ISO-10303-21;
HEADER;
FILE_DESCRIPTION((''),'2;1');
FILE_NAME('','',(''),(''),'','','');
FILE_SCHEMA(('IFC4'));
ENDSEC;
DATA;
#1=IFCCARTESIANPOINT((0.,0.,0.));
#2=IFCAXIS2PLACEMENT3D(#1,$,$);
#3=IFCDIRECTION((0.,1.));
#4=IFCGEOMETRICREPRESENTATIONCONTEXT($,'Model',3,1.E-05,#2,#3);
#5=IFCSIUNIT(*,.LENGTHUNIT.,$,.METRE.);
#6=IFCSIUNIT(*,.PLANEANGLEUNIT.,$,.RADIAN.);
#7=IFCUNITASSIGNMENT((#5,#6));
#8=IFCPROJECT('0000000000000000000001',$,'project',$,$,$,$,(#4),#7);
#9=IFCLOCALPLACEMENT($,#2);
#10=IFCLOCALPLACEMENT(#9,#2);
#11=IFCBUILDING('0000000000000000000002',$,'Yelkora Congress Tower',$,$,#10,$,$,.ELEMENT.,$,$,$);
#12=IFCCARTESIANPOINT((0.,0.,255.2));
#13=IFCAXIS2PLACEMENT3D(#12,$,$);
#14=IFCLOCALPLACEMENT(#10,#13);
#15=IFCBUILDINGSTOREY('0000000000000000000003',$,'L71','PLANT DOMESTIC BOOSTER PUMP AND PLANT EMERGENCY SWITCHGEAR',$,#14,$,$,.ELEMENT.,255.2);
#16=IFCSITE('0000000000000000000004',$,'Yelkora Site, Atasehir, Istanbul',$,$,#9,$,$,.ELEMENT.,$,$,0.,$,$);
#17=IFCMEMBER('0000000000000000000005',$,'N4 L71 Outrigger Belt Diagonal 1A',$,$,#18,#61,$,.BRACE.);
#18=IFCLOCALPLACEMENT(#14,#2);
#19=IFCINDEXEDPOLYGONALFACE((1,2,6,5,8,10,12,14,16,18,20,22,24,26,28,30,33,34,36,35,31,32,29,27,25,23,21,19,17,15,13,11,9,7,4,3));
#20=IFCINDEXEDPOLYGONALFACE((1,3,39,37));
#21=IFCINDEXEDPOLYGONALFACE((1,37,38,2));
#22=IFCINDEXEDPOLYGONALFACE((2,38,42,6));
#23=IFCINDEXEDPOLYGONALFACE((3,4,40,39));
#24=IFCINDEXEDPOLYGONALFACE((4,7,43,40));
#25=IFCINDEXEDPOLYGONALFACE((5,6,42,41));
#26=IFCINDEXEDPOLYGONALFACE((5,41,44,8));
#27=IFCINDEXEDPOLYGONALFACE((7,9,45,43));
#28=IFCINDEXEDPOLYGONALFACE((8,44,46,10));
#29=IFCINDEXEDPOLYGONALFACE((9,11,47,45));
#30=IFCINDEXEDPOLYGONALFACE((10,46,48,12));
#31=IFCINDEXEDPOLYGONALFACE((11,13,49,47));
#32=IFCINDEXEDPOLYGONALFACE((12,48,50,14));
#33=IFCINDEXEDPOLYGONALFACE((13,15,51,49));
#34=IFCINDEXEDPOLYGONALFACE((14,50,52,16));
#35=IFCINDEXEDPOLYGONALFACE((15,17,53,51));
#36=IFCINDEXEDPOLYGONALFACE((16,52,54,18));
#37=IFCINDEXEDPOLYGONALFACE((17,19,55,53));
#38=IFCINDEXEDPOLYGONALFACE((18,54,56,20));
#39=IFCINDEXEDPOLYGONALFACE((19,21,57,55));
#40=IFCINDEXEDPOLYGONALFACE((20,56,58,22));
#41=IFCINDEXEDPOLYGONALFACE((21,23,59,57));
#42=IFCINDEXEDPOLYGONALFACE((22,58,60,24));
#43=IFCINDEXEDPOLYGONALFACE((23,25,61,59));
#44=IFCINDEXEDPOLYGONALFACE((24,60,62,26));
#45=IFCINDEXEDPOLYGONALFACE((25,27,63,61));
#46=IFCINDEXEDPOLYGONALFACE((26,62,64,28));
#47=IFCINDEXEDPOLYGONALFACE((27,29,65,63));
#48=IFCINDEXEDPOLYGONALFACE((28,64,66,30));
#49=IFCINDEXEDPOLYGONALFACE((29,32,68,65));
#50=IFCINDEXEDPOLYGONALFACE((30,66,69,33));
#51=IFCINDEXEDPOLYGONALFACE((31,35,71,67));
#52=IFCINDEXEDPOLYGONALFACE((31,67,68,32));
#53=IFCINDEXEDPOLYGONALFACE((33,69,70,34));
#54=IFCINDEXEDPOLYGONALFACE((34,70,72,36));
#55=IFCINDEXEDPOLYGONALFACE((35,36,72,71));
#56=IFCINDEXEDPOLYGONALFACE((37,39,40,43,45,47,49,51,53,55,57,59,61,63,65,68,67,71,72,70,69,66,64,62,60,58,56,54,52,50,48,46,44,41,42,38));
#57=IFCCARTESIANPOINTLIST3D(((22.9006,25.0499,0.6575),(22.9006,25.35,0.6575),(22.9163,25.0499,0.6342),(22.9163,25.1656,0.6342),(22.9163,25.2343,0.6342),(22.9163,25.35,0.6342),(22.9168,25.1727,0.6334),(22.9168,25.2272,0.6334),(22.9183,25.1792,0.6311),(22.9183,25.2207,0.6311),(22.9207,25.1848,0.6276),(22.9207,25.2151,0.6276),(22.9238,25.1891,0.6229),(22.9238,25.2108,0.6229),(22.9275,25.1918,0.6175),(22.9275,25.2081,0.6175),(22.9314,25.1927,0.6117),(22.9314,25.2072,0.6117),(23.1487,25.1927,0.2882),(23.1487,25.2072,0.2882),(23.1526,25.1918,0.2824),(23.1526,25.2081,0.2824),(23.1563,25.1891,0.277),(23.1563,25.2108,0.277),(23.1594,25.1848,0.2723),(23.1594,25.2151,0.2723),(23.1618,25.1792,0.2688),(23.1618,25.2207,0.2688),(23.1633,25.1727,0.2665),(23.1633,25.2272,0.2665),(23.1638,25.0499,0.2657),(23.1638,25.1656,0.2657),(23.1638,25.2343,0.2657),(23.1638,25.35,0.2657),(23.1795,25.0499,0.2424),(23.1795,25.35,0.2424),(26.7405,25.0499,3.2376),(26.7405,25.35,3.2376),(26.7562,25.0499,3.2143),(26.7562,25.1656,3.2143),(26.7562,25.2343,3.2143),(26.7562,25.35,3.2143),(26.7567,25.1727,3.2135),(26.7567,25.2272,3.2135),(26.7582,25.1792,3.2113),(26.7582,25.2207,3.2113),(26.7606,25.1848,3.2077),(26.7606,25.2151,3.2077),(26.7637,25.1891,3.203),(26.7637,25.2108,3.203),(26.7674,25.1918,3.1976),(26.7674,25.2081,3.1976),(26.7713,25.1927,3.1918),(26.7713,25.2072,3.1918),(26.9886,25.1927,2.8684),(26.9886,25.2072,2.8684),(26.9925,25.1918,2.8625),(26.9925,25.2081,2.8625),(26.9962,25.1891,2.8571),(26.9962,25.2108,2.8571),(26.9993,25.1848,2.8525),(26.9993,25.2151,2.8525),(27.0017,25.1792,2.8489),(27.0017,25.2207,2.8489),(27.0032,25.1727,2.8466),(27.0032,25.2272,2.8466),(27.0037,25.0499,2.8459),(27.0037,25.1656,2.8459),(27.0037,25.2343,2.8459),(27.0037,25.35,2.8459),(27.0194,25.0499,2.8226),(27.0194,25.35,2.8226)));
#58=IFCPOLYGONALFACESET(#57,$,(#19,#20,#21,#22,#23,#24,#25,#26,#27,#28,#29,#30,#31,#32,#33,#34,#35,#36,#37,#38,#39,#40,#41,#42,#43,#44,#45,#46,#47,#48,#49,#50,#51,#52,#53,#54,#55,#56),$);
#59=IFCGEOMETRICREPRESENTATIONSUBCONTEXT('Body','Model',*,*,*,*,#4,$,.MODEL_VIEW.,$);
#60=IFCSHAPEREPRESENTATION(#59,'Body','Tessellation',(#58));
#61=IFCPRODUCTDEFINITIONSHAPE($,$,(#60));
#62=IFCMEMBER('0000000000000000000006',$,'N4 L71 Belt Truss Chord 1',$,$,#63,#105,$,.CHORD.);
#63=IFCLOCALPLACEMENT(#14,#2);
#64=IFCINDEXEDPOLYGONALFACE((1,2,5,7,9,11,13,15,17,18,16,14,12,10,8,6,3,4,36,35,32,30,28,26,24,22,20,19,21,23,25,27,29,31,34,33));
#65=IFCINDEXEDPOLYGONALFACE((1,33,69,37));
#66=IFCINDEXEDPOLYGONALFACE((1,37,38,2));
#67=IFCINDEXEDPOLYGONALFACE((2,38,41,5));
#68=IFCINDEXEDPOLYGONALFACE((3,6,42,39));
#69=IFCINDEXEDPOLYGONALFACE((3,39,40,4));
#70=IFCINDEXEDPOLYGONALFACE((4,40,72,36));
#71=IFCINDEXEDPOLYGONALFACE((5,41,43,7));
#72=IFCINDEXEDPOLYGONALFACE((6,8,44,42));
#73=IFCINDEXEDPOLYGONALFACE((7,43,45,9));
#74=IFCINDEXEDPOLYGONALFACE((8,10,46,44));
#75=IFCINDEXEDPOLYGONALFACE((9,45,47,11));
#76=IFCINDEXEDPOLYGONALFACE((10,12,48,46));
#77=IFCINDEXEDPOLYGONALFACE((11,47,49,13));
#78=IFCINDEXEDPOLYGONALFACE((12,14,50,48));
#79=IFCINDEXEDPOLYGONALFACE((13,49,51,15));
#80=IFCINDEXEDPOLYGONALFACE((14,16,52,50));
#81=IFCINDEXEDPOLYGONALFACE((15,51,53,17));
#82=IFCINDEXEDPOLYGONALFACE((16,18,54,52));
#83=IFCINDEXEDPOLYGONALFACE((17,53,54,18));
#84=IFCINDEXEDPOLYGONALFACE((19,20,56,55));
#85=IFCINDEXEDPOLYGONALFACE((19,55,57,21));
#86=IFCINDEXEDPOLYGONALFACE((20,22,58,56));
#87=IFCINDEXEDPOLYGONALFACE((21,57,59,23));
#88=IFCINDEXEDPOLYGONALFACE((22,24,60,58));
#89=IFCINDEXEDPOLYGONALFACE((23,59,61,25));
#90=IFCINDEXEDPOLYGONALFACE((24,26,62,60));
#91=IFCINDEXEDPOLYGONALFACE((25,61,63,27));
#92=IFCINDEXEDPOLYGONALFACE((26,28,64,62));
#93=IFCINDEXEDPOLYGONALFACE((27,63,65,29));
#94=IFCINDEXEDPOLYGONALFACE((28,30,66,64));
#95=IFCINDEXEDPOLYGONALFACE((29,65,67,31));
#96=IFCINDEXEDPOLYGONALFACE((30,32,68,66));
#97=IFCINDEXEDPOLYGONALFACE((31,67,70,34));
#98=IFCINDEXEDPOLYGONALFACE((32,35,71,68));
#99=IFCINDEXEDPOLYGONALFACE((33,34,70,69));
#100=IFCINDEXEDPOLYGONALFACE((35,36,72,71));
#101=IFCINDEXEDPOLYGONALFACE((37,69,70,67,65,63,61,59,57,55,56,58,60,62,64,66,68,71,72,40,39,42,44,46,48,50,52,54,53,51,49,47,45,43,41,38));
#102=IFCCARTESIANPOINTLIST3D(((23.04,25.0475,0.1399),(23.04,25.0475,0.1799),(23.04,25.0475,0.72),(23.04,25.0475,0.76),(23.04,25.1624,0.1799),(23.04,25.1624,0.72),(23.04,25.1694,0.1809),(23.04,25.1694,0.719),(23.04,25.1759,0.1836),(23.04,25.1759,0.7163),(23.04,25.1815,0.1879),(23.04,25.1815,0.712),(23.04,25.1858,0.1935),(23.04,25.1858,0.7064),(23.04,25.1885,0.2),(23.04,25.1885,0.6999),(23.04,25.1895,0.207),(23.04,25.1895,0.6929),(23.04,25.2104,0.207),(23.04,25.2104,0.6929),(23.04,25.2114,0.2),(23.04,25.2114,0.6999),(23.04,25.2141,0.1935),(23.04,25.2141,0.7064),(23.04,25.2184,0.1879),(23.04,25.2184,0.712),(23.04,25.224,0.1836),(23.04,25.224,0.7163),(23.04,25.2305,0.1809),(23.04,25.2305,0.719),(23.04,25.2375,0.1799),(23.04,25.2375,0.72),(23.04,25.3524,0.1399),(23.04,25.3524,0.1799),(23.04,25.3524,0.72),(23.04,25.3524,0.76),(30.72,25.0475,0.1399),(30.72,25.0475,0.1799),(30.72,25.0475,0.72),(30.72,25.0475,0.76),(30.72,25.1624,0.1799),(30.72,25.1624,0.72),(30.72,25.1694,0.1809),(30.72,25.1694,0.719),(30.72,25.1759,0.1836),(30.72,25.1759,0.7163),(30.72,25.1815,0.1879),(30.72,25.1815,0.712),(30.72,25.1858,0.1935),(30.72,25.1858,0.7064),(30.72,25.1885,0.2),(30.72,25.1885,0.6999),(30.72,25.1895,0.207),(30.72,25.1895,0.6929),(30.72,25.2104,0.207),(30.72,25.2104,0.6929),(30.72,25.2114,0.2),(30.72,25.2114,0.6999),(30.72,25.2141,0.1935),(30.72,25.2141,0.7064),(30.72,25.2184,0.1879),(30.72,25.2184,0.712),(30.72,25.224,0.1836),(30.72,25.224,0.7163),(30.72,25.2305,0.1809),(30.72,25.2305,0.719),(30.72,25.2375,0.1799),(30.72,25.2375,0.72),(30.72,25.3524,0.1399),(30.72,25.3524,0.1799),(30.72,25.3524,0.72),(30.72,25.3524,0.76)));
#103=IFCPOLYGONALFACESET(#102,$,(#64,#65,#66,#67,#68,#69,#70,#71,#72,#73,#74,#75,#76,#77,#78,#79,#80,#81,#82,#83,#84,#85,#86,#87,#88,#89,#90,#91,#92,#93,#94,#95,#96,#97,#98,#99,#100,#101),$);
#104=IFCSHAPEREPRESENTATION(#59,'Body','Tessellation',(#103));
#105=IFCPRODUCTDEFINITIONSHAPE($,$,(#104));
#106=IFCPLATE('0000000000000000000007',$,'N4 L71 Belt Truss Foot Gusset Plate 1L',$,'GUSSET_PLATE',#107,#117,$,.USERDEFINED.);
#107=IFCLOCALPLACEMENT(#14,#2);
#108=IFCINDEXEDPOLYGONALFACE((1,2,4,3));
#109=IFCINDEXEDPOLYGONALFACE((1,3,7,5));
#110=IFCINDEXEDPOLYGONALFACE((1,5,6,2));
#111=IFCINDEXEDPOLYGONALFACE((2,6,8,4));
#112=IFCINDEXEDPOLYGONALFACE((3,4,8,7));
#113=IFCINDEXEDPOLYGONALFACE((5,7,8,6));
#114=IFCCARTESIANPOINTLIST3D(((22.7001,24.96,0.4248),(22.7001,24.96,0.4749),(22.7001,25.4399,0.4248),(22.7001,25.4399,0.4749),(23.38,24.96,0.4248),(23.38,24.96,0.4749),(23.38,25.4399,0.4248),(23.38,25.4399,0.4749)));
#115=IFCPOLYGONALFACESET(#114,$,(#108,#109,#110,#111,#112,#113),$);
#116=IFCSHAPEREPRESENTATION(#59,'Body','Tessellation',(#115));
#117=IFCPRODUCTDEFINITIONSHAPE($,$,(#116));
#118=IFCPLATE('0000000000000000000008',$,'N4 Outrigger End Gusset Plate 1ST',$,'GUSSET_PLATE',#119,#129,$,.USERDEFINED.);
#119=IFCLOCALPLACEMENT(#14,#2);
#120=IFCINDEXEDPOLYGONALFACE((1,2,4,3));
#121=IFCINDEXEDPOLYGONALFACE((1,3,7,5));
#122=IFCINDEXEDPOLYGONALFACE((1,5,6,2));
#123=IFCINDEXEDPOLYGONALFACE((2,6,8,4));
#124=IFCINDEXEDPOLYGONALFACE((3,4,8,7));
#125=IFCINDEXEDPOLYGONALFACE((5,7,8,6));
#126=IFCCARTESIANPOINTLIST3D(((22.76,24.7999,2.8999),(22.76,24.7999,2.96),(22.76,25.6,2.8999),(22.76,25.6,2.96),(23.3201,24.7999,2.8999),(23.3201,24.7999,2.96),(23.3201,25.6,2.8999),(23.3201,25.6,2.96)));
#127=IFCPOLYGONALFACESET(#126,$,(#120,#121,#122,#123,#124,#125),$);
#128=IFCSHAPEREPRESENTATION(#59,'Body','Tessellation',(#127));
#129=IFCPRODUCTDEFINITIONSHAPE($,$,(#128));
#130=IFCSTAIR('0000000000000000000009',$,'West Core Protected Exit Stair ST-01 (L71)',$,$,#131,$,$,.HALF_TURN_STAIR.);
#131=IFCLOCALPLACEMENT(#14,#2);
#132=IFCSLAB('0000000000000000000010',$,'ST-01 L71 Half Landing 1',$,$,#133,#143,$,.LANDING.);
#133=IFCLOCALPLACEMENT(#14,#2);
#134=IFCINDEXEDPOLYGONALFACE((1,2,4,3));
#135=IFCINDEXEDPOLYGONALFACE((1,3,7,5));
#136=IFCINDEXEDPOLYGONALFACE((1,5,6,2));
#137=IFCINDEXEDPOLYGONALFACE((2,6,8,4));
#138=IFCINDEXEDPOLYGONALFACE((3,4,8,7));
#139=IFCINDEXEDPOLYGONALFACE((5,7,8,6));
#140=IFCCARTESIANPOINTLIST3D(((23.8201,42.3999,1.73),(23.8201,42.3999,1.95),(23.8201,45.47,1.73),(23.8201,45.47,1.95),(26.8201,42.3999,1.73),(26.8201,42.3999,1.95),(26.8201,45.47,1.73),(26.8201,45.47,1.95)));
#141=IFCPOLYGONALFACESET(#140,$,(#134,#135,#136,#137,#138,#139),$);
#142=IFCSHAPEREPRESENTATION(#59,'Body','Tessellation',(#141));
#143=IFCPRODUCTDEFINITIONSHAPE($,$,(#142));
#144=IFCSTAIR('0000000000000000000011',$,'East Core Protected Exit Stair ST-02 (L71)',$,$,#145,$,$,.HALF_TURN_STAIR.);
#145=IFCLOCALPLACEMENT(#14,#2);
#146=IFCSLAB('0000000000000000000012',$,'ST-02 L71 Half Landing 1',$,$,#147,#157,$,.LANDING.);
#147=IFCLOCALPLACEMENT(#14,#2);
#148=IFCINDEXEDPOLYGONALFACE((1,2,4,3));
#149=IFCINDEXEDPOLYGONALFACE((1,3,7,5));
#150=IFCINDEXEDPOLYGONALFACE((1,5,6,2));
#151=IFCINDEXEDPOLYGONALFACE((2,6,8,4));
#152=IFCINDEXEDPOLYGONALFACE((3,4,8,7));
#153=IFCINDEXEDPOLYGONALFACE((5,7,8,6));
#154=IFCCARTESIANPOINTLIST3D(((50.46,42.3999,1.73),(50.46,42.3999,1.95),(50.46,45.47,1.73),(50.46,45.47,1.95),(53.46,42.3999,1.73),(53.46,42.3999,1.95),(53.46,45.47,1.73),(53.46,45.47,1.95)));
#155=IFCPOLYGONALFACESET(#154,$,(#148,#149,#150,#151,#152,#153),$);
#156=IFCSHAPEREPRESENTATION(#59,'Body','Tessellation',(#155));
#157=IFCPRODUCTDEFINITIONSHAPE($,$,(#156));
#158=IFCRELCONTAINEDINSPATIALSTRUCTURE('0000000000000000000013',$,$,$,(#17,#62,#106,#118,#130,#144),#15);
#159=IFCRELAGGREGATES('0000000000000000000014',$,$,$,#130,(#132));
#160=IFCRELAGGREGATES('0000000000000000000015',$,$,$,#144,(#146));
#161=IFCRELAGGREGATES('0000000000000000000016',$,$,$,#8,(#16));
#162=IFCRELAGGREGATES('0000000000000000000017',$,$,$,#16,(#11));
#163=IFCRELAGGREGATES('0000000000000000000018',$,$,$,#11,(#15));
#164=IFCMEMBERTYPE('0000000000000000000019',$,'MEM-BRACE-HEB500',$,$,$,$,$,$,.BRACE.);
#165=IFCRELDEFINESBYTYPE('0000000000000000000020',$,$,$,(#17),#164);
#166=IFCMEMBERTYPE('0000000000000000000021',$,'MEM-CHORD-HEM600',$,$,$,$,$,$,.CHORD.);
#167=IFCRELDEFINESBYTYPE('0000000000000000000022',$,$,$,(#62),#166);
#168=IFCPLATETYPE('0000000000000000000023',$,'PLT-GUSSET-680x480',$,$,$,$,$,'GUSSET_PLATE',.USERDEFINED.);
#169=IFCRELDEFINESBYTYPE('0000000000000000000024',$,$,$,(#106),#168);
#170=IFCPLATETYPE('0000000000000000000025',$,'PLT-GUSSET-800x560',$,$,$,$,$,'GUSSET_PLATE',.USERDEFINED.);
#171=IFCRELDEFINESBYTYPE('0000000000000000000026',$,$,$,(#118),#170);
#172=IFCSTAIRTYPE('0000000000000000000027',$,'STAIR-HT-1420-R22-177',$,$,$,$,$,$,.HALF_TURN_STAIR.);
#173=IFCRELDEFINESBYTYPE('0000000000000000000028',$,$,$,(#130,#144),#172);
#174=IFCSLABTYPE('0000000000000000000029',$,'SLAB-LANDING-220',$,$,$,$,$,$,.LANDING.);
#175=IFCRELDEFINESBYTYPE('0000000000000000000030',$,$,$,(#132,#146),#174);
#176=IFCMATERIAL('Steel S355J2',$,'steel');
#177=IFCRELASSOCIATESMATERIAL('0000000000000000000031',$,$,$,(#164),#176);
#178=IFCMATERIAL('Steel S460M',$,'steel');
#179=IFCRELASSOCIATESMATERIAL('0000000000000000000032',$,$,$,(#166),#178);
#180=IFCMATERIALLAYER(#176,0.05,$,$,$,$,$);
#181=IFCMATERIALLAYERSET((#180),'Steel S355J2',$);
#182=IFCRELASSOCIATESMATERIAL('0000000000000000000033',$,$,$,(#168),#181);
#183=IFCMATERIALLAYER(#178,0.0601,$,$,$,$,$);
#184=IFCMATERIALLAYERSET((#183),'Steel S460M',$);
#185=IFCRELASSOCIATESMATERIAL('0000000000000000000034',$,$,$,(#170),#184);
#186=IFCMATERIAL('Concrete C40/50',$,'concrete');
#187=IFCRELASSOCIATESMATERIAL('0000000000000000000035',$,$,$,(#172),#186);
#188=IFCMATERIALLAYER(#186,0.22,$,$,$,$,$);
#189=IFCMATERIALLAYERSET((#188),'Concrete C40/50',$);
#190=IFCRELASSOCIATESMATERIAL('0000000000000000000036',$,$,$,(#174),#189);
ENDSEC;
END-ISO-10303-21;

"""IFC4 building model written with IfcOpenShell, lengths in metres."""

from ifc_helpers import new_model, si_unit, direction, frame, origin, origin_2d, place, context, subcontext, project, spatial, polyline, rectangle, i_section, outline, extrude, material, layer, layer_set, material_profile, profile_set, type_object, element, aggregate, save


model = new_model("IFC4")

# Units and contexts
model_context = context("Model", 3, precision=1e-05, world=origin(), true_north=direction((0.0, 1.0)))
body_context = subcontext(model_context, "Body", "Model", "MODEL_VIEW")
ifc_project = project(units=[si_unit("LENGTHUNIT", "METRE"), si_unit("PLANEANGLEUNIT", "RADIAN")], contexts=[model_context])

# Site, building, storey
site_placement = place(None, origin())
site = spatial("IfcSite", under=ifc_project, at=site_placement, Name="Yelkora Site, Atasehir, Istanbul", CompositionType="ELEMENT", RefElevation=0.0)
building_placement = place(site_placement, origin())
building = spatial("IfcBuilding", under=site, at=building_placement, Name="Yelkora Congress Tower", CompositionType="ELEMENT")
storey_placement = place(building_placement, frame((0.0, 0.0, 255.2)))
storey = spatial("IfcBuildingStorey", under=building, at=storey_placement, Name="L71", Description="PLANT DOMESTIC BOOSTER PUMP AND PLANT EMERGENCY SWITCHGEAR", CompositionType="ELEMENT", Elevation=255.2)

# Shared definitions
ifc_material_1 = material(Name="Steel S460M", Category="steel")

# Members
ifc_material_2 = material(Name="Steel S355J2", Category="steel")
ifc_material_profile_1 = material_profile(ifc_material_2, i_section(OverallWidth=0.3, OverallDepth=0.5, WebThickness=0.0144, FlangeThickness=0.0281, FilletRadius=0.0271, at=origin_2d()), Name="HEB 500")
ifc_profile_set_1 = profile_set([ifc_material_profile_1], Name="Steel S355J2")
member_type_1 = type_object("IfcMemberType", Name="MEM-BRACE-HEB500", PredefinedType="BRACE", material=ifc_profile_set_1)
member_1_placement = place(storey_placement, frame((23.04, 25.2, 0.45), z_axis=(0.830031, 0.0, 0.557717), x_axis=(0.0, 1.0, 0.0)))
element("IfcMember", 1, at=member_1_placement, inside=storey, type_object=member_type_1, Name="N4 L71 Outrigger Belt Diagonal 1A", PredefinedType="BRACE", context=body_context, shape_type="SweptSolid", body=[
    extrude(i_section(OverallWidth=0.3, OverallDepth=0.5, WebThickness=0.0144, FlangeThickness=0.0281, FilletRadius=0.0271, at=origin_2d()), origin(), (0.0, 0.0, 1.0), 4.6262),
])
ifc_material_profile_2 = material_profile(ifc_material_1, i_section(OverallWidth=0.3049, OverallDepth=0.6201, WebThickness=0.021, FlangeThickness=0.04, FilletRadius=0.0271, at=origin_2d()), Name="HEM 600")
ifc_profile_set_2 = profile_set([ifc_material_profile_2], Name="Steel S460M")
member_type_2 = type_object("IfcMemberType", Name="MEM-CHORD-HEM600", PredefinedType="CHORD", material=ifc_profile_set_2)
member_2_placement = place(storey_placement, frame((23.04, 25.2, 0.45), z_axis=(1.0, 0.0, 0.0), x_axis=(0.0, 1.0, 0.0)))
element("IfcMember", 2, at=member_2_placement, inside=storey, type_object=member_type_2, Name="N4 L71 Belt Truss Chord 1", PredefinedType="CHORD", context=body_context, shape_type="SweptSolid", body=[
    extrude(i_section(OverallWidth=0.3049, OverallDepth=0.6201, WebThickness=0.021, FlangeThickness=0.04, FilletRadius=0.0271, at=origin_2d()), origin(), (0.0, 0.0, 1.0), 7.6799),
])

# Plates
ifc_layer_1 = layer(ifc_material_2, 0.05)
ifc_layer_set_1 = layer_set([ifc_layer_1], Name="Steel S355J2")
plate_type_1 = type_object("IfcPlateType", Name="PLT-GUSSET-680x480", ElementType="GUSSET_PLATE", PredefinedType="USERDEFINED", material=ifc_layer_set_1)
plate_1_placement = place(storey_placement, frame((23.04, 25.2, 0.4248), z_axis=(0.0, 0.0, 1.0), x_axis=(1.0, 0.0, 0.0)))
element("IfcPlate", 3, at=plate_1_placement, inside=storey, type_object=plate_type_1, Name="N4 L71 Belt Truss Foot Gusset Plate 1L", ObjectType="GUSSET_PLATE", PredefinedType="USERDEFINED", context=body_context, shape_type="SweptSolid", body=[
    extrude(rectangle(XDim=0.6799, YDim=0.48, at=origin_2d()), origin(), (0.0, 0.0, 1.0), 0.05),
])
ifc_layer_2 = layer(ifc_material_1, 0.0601)
ifc_layer_set_2 = layer_set([ifc_layer_2], Name="Steel S460M")
plate_type_2 = type_object("IfcPlateType", Name="PLT-GUSSET-800x560", ElementType="GUSSET_PLATE", PredefinedType="USERDEFINED", material=ifc_layer_set_2)
plate_2_placement = place(storey_placement, frame((23.04, 25.2, 2.8999), z_axis=(0.0, 0.0, 1.0), x_axis=(0.0, 1.0, 0.0)))
element("IfcPlate", 4, at=plate_2_placement, inside=storey, type_object=plate_type_2, Name="N4 Outrigger End Gusset Plate 1ST", ObjectType="GUSSET_PLATE", PredefinedType="USERDEFINED", context=body_context, shape_type="SweptSolid", body=[
    extrude(rectangle(XDim=0.8, YDim=0.5601, at=origin_2d()), origin(), (0.0, 0.0, 1.0), 0.0601),
])

# Stairs, slabs
ifc_material_3 = material(Name="Concrete C40/50", Category="concrete")
stair_type = type_object("IfcStairType", Name="STAIR-HT-1420-R22-177", PredefinedType="HALF_TURN_STAIR", material=ifc_material_3)
stair_1_placement = place(storey_placement, origin())
stair_1 = element("IfcStair", 5, at=stair_1_placement, inside=storey, type_object=stair_type, Name="West Core Protected Exit Stair ST-01 (L71)", PredefinedType="HALF_TURN_STAIR")
ifc_layer_3 = layer(ifc_material_3, 0.22)
ifc_layer_set_3 = layer_set([ifc_layer_3], Name="Concrete C40/50")
slab_type_1 = type_object("IfcSlabType", Name="SLAB-LANDING-220", PredefinedType="LANDING", material=ifc_layer_set_3)
slab_1_placement = place(storey_placement, frame((0.0, 0.0, 1.73)))
slab_1 = element("IfcSlab", 6, at=slab_1_placement, type_object=slab_type_1, Name="ST-01 L71 Half Landing 1", PredefinedType="LANDING", context=body_context, shape_type="SweptSolid", body=[
    extrude(outline(polyline([(26.8201, 42.3999), (26.8201, 45.47), (23.8201, 45.47), (23.8201, 42.3999), (26.8201, 42.3999)])), origin(), (0.0, 0.0, 1.0), 0.22),
])
aggregate(stair_1, [slab_1])
stair_2_placement = place(storey_placement, origin())
stair_2 = element("IfcStair", 7, at=stair_2_placement, inside=storey, type_object=stair_type, Name="East Core Protected Exit Stair ST-02 (L71)", PredefinedType="HALF_TURN_STAIR")
slab_2_placement = place(storey_placement, frame((0.0, 0.0, 1.73)))
slab_2 = element("IfcSlab", 8, at=slab_2_placement, type_object=slab_type_1, Name="ST-02 L71 Half Landing 1", PredefinedType="LANDING", context=body_context, shape_type="SweptSolid", body=[
    extrude(outline(polyline([(53.46, 42.3999), (53.46, 45.47), (50.46, 45.47), (50.46, 42.3999), (53.46, 42.3999)])), origin(), (0.0, 0.0, 1.0), 0.22),
])
aggregate(stair_2, [slab_2])

save(model, "model.ifc")
